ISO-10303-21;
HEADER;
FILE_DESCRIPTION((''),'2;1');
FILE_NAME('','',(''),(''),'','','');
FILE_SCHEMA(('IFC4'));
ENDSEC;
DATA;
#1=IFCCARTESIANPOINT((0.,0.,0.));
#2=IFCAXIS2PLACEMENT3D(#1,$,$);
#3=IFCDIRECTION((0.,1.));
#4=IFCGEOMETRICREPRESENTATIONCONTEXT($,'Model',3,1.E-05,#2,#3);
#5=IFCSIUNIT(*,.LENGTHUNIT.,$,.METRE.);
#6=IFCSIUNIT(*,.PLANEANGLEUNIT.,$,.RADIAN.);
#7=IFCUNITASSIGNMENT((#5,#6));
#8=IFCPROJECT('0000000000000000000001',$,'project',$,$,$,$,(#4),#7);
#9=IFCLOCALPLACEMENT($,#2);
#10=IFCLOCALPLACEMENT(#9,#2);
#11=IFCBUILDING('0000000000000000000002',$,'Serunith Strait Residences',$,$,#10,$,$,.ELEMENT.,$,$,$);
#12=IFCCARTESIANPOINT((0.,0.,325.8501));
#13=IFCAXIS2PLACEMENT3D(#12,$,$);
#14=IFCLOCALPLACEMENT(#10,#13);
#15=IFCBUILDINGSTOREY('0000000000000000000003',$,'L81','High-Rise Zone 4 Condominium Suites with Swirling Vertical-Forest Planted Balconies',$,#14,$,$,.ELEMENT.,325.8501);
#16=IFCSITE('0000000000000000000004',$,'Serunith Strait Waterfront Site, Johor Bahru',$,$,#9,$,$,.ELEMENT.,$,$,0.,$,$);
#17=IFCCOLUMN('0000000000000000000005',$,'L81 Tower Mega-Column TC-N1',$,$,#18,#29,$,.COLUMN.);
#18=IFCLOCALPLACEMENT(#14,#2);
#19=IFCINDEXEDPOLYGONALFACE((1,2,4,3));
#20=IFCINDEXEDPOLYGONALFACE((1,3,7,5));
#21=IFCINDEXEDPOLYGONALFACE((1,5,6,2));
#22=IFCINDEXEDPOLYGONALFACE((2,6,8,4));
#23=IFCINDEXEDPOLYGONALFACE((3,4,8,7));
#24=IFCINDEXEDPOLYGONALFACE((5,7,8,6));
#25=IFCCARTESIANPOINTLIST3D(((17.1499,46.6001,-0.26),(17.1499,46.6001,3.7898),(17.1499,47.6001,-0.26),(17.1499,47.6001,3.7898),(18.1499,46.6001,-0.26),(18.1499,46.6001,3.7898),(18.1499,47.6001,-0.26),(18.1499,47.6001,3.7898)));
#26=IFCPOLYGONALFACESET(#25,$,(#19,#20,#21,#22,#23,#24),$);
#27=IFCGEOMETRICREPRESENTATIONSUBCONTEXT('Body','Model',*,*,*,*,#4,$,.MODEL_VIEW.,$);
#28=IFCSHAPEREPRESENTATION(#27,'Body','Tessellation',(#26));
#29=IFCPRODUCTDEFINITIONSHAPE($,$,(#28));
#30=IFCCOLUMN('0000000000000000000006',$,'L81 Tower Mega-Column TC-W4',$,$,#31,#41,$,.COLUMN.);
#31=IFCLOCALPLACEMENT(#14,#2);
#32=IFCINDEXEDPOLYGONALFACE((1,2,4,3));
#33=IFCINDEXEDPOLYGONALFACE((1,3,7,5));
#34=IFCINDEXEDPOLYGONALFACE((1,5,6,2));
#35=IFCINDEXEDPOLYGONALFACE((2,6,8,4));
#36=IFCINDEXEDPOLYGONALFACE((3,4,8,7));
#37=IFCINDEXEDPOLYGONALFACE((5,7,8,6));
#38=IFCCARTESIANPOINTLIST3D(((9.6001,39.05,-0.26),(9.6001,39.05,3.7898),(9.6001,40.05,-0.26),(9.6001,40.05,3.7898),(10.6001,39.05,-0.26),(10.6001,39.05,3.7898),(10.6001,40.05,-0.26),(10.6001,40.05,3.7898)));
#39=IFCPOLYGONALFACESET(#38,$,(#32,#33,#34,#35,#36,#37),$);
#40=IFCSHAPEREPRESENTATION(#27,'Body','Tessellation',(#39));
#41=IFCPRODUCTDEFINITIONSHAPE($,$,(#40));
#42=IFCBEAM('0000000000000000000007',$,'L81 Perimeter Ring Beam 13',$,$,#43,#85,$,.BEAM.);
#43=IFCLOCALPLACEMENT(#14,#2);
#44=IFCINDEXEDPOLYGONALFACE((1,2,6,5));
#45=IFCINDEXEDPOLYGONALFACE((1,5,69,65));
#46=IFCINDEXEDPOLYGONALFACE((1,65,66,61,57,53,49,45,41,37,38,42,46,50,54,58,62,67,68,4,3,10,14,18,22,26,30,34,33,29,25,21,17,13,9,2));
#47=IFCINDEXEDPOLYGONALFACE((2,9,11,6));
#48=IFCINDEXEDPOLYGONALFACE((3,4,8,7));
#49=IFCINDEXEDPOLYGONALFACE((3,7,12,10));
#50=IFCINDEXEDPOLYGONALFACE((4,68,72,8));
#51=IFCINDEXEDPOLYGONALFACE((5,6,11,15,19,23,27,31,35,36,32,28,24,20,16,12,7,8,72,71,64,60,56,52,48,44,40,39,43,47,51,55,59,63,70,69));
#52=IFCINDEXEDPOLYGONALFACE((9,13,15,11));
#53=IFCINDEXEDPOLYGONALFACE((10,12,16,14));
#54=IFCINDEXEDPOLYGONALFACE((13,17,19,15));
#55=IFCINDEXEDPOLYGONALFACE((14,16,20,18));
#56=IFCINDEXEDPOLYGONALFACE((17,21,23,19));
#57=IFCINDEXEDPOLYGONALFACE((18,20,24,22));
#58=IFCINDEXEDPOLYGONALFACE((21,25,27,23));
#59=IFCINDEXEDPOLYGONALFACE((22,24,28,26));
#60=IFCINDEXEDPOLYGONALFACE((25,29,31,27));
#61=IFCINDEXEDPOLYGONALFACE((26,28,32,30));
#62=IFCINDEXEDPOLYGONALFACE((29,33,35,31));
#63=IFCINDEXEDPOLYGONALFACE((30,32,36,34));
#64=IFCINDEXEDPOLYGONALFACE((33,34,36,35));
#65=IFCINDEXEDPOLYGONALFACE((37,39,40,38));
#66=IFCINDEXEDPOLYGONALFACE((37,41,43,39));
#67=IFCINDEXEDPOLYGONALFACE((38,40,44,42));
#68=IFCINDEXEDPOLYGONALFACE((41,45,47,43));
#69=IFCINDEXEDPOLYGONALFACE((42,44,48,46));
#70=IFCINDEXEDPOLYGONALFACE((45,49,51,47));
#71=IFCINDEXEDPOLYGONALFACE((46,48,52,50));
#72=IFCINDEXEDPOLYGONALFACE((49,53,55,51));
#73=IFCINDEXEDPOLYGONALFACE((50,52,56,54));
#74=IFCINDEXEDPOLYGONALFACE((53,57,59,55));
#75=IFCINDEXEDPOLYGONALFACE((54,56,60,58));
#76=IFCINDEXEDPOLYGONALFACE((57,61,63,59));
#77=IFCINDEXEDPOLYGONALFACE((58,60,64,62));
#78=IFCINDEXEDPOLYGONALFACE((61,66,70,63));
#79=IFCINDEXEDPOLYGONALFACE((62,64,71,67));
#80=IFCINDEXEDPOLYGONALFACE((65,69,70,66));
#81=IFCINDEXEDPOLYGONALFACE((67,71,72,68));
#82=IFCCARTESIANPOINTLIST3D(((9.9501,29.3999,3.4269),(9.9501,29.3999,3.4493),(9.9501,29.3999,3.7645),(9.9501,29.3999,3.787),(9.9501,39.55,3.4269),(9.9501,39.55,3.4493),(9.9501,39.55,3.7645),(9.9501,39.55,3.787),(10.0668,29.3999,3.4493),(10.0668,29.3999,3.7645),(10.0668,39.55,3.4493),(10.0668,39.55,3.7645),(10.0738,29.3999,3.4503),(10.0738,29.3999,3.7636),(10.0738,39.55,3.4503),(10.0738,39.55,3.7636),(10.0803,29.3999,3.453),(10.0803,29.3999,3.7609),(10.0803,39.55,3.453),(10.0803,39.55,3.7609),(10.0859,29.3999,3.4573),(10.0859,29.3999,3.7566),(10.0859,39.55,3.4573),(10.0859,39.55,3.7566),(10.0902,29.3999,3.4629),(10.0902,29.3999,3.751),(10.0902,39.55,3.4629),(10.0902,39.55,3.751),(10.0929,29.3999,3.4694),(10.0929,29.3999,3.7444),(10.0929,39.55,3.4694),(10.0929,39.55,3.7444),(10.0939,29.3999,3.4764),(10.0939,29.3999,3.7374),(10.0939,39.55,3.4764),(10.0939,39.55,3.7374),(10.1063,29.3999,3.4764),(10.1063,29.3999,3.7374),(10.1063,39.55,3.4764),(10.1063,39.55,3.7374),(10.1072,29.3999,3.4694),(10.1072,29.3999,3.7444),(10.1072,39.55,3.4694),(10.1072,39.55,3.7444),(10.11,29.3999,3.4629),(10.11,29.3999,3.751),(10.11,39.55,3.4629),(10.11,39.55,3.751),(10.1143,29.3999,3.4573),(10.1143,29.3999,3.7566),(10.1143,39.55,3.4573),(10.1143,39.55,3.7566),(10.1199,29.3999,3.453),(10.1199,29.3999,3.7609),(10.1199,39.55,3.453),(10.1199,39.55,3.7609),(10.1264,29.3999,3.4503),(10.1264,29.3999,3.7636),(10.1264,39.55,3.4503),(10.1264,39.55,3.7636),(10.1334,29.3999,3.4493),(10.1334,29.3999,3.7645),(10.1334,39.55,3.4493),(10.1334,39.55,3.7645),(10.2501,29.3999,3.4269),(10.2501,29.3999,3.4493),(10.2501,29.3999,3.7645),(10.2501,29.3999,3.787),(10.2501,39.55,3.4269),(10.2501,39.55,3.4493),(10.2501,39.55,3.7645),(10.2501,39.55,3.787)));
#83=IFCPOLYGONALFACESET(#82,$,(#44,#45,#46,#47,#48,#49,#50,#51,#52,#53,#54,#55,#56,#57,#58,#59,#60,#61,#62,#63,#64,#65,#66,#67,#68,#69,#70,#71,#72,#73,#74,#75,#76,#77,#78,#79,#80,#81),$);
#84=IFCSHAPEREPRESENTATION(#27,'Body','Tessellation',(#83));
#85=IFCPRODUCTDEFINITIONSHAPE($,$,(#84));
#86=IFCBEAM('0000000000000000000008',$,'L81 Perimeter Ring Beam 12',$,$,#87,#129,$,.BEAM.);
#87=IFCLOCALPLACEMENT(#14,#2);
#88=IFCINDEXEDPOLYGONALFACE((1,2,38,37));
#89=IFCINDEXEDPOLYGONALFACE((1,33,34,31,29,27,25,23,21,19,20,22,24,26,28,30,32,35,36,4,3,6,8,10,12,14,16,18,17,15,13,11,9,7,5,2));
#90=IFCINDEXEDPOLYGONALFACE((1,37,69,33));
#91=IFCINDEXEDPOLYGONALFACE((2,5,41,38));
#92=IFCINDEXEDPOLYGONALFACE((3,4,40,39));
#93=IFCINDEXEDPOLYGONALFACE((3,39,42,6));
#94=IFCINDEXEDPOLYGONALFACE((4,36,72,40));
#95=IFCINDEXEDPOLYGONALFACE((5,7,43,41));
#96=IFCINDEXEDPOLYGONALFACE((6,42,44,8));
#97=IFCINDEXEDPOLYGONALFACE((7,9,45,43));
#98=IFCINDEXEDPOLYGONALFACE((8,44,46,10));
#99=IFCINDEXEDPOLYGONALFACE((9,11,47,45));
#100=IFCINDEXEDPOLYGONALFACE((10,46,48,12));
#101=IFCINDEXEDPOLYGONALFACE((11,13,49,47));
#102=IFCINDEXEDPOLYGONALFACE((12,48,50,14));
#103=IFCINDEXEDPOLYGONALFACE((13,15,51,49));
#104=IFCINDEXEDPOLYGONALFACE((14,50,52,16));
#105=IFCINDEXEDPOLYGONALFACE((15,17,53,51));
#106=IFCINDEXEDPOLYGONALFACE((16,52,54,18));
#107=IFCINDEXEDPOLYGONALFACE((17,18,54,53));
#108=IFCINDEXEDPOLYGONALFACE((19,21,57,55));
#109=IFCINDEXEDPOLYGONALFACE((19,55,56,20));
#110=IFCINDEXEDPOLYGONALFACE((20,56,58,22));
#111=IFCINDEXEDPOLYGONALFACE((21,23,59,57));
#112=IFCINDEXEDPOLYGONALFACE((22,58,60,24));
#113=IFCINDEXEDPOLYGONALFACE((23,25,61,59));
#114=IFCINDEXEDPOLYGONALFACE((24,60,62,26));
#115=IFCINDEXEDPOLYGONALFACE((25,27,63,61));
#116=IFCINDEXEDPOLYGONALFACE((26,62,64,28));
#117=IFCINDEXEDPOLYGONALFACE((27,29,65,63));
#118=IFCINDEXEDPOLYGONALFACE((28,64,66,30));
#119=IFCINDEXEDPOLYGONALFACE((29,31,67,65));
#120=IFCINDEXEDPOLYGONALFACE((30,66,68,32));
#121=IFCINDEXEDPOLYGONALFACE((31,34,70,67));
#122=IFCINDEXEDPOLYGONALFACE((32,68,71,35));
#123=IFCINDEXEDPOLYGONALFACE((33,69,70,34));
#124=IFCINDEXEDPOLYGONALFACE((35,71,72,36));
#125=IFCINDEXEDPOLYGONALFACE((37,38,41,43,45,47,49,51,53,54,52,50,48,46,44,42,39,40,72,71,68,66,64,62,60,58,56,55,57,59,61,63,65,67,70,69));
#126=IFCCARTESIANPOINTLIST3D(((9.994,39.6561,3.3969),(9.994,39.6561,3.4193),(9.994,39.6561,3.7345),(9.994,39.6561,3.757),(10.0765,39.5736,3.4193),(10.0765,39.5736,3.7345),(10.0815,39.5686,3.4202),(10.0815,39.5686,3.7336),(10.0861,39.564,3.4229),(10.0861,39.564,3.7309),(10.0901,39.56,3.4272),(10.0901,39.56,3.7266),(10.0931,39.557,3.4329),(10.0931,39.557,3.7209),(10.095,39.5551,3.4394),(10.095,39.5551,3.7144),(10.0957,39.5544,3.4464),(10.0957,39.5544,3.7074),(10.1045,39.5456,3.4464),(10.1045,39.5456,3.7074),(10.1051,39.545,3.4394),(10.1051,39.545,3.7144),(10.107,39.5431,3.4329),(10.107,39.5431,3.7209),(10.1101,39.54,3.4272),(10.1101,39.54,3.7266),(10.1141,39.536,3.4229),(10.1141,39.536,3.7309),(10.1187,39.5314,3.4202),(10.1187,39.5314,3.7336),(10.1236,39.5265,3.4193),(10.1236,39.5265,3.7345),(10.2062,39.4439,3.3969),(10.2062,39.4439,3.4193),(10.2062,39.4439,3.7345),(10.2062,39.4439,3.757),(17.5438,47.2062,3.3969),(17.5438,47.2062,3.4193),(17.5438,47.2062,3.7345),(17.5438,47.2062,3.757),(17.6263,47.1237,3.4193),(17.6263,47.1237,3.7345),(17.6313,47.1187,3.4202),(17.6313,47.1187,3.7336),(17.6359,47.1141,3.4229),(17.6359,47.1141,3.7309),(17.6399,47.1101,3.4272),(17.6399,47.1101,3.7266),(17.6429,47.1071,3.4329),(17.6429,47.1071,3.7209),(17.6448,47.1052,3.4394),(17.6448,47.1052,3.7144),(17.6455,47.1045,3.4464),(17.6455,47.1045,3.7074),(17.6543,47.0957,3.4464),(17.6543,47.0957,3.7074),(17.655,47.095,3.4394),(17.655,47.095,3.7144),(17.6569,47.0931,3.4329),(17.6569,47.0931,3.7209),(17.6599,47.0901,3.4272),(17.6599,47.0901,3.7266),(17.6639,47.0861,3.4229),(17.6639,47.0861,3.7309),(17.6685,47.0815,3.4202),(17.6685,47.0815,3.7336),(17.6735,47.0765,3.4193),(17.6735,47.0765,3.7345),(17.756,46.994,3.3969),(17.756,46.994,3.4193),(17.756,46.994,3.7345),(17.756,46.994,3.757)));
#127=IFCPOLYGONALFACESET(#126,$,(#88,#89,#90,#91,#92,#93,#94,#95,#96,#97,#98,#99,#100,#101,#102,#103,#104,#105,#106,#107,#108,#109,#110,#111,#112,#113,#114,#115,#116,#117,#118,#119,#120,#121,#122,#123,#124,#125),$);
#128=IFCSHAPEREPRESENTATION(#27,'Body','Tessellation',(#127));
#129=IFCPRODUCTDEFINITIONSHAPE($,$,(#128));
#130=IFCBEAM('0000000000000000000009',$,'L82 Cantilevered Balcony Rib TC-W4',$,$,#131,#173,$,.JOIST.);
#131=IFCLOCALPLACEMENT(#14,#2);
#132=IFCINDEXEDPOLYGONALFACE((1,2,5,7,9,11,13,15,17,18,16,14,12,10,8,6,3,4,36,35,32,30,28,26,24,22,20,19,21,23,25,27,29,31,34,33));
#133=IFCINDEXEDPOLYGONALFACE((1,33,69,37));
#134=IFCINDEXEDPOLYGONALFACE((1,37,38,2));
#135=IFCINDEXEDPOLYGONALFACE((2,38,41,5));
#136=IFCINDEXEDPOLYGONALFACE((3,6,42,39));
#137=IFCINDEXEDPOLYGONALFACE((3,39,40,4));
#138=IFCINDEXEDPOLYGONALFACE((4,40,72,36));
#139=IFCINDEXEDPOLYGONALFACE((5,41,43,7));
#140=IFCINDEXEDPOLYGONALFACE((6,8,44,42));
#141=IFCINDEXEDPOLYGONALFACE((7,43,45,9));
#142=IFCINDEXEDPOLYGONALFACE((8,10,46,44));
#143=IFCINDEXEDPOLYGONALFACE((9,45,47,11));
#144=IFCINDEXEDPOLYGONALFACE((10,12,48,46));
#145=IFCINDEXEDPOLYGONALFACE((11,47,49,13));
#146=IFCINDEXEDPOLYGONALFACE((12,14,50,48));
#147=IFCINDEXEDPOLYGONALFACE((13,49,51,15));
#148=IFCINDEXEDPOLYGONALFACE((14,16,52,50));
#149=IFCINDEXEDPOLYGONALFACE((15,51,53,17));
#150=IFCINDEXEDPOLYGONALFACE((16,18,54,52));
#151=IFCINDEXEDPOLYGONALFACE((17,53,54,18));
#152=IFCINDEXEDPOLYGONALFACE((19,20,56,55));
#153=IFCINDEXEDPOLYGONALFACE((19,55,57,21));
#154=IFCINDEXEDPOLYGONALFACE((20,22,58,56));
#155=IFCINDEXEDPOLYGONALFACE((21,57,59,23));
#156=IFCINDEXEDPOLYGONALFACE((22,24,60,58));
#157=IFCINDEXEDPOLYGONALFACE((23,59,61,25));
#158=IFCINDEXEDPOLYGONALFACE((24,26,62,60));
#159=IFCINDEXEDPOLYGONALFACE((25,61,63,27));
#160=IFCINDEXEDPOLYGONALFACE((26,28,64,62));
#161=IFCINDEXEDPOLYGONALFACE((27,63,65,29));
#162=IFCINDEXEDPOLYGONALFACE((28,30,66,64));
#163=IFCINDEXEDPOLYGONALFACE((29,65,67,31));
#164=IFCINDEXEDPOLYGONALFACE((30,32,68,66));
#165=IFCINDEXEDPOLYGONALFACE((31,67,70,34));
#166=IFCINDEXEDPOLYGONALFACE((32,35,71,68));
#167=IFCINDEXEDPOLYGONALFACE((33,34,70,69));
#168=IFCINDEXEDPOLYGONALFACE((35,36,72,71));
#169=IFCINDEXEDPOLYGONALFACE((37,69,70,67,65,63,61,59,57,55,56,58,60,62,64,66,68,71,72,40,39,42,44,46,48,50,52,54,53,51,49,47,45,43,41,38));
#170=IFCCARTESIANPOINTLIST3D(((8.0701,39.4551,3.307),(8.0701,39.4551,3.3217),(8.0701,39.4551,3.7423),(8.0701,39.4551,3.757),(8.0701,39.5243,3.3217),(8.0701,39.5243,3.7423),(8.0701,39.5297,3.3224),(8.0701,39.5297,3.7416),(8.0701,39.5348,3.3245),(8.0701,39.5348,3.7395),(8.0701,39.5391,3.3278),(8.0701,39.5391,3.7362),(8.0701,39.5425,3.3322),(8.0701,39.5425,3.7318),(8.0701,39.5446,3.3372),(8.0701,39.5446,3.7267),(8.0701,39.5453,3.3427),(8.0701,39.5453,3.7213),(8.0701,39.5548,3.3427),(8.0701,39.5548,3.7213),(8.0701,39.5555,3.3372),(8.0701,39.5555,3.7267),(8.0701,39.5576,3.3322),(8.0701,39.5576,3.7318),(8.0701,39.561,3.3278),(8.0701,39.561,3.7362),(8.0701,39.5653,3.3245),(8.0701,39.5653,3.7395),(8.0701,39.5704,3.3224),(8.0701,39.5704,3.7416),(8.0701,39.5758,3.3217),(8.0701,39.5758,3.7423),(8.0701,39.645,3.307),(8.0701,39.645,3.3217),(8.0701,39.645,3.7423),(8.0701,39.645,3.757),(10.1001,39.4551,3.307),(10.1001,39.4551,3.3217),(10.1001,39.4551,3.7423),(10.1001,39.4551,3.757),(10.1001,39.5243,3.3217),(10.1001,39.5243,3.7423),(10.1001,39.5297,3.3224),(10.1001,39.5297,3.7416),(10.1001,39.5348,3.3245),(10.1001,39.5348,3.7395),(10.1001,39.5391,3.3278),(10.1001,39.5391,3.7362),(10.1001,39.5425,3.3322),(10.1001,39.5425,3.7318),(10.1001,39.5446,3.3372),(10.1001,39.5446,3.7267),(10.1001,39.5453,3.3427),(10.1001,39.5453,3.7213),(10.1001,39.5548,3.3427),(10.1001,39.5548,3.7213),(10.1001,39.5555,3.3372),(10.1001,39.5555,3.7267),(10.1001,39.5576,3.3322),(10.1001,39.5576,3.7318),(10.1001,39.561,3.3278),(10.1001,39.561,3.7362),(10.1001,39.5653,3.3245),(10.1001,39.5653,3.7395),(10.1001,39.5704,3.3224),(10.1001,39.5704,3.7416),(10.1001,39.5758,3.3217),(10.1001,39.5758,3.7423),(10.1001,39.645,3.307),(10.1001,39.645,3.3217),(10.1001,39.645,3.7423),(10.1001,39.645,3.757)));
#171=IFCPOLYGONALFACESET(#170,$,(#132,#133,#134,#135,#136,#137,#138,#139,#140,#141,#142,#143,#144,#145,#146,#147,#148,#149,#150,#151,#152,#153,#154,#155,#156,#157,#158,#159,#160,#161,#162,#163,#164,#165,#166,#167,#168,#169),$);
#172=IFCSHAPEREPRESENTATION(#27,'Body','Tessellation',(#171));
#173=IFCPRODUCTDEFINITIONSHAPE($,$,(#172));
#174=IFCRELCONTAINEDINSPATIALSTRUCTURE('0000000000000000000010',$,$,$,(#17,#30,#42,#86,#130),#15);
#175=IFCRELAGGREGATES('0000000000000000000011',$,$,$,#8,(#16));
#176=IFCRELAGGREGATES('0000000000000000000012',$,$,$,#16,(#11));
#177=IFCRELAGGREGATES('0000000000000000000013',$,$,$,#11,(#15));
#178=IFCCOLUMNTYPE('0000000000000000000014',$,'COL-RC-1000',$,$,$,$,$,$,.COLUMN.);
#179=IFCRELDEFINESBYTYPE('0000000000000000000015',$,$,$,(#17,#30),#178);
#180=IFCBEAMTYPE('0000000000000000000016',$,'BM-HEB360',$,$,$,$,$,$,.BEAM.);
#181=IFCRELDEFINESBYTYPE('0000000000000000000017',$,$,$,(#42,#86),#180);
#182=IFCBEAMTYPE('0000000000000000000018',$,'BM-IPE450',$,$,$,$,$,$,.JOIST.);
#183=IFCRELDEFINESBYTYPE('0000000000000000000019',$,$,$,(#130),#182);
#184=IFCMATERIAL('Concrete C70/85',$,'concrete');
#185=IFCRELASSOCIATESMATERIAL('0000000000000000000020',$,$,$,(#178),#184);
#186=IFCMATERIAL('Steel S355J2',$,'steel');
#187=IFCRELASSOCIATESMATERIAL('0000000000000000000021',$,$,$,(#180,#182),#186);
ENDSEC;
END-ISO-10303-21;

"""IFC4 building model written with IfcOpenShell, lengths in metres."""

from ifc_helpers import new_model, si_unit, direction, frame, origin, origin_2d, place, context, subcontext, project, spatial, rectangle, i_section, extrude, source, transform, mapped, material, material_profile, profile_set, type_object, element, save


model = new_model("IFC4")

# Units and contexts
model_context = context("Model", 3, precision=1e-05, world=origin(), true_north=direction((0.0, 1.0)))
body_context = subcontext(model_context, "Body", "Model", "MODEL_VIEW")
ifc_project = project(units=[si_unit("LENGTHUNIT", "METRE"), si_unit("PLANEANGLEUNIT", "RADIAN")], contexts=[model_context])

# Site, building, storey
site_placement = place(None, origin())
site = spatial("IfcSite", under=ifc_project, at=site_placement, Name="Serunith Strait Waterfront Site, Johor Bahru", CompositionType="ELEMENT", RefElevation=0.0)
building_placement = place(site_placement, origin())
building = spatial("IfcBuilding", under=site, at=building_placement, Name="Serunith Strait Residences", CompositionType="ELEMENT")
storey_placement = place(building_placement, frame((0.0, 0.0, 325.8501)))
storey = spatial("IfcBuildingStorey", under=building, at=storey_placement, Name="L81", Description="High-Rise Zone 4 Condominium Suites with Swirling Vertical-Forest Planted Balconies", CompositionType="ELEMENT", Elevation=325.8501)

# Columns
ifc_material_1 = material(Name="Concrete C70/85", Category="concrete")
ifc_material_profile_1 = material_profile(ifc_material_1, rectangle(XDim=1.0, YDim=1.0, at=origin_2d()), Name="RC 1000x1000")
ifc_profile_set_1 = profile_set([ifc_material_profile_1], Name="Concrete C70/85")
column_type = type_object("IfcColumnType", Name="COL-RC-1000", PredefinedType="COLUMN", material=ifc_profile_set_1)
shared_shape_1 = source(origin(), body_context, "Body", "SweptSolid", [
    extrude(rectangle(XDim=1.0, YDim=1.0, at=origin_2d()), origin(), (0.0, 0.0, 1.0), 4.0498),
])
for number, where, z_axis, x_axis, name in (
    (1, (17.6499, 47.1001, -0.26), (0.0, 0.0, 1.0), (1.0, 0.0, 0.0), "L81 Tower Mega-Column TC-N1"),
    (2, (10.1001, 39.55, -0.26), (0.0, 0.0, 1.0), (1.0, 0.0, 0.0), "L81 Tower Mega-Column TC-W4"),
):
    element("IfcColumn", number, at=place(storey_placement, frame(where, z_axis=z_axis, x_axis=x_axis)), inside=storey, type_object=column_type, Name=name, PredefinedType="COLUMN", context=body_context, shape_type="MappedRepresentation", body=[
        mapped(shared_shape_1, transform((0.0, 0.0, 0.0), scale=1.0)),
    ])

# Beams
ifc_material_2 = material(Name="Steel S355J2", Category="steel")
ifc_material_profile_2 = material_profile(ifc_material_2, i_section(OverallWidth=0.3, OverallDepth=0.3601, WebThickness=0.0125, FlangeThickness=0.0225, FilletRadius=0.0271, at=origin_2d()), Name="HEB 360")
ifc_profile_set_2 = profile_set([ifc_material_profile_2], Name="Steel S355J2")
beam_type_1 = type_object("IfcBeamType", Name="BM-HEB360", PredefinedType="BEAM", material=ifc_profile_set_2)
shared_shape_2 = source(origin(), body_context, "Body", "SweptSolid", [
    extrude(i_section(OverallWidth=0.3, OverallDepth=0.3601, WebThickness=0.0125, FlangeThickness=0.0225, FilletRadius=0.0271, at=origin_2d()), origin(), (0.0, 0.0, 1.0), 10.1501),
])
beam_1_placement = place(storey_placement, frame((10.1001, 39.55, 3.6069), z_axis=(0.0, -1.0, 0.0), x_axis=(1.0, 0.0, 0.0)))
element("IfcBeam", 3, at=beam_1_placement, inside=storey, type_object=beam_type_1, Name="L81 Perimeter Ring Beam 13", PredefinedType="BEAM", context=body_context, shape_type="MappedRepresentation", body=[
    mapped(shared_shape_2, transform((0.0, 0.0, 0.0), scale=1.0)),
])
shared_shape_3 = source(origin(), body_context, "Body", "SweptSolid", [
    extrude(i_section(OverallWidth=0.3, OverallDepth=0.3601, WebThickness=0.0125, FlangeThickness=0.0225, FilletRadius=0.0271, at=origin_2d()), origin(), (0.0, 0.0, 1.0), 10.6772),
])
beam_2_placement = place(storey_placement, frame((17.6499, 47.1001, 3.5769), z_axis=(-0.707095, -0.707118, 0.0), x_axis=(0.707118, -0.707095, 0.0)))
element("IfcBeam", 4, at=beam_2_placement, inside=storey, type_object=beam_type_1, Name="L81 Perimeter Ring Beam 12", PredefinedType="BEAM", context=body_context, shape_type="MappedRepresentation", body=[
    mapped(shared_shape_3, transform((0.0, 0.0, 0.0), scale=1.0)),
])
ifc_material_profile_3 = material_profile(ifc_material_2, i_section(OverallWidth=0.1899, OverallDepth=0.45, WebThickness=0.0095, FlangeThickness=0.0146, FilletRadius=0.021, at=origin_2d()), Name="IPE 450")
ifc_profile_set_3 = profile_set([ifc_material_profile_3], Name="Steel S355J2")
beam_type_2 = type_object("IfcBeamType", Name="BM-IPE450", PredefinedType="JOIST", material=ifc_profile_set_3)
shared_shape_4 = source(origin(), body_context, "Body", "SweptSolid", [
    extrude(i_section(OverallWidth=0.1899, OverallDepth=0.45, WebThickness=0.0095, FlangeThickness=0.0146, FilletRadius=0.021, at=origin_2d()), origin(), (0.0, 0.0, 1.0), 2.03),
])
beam_3_placement = place(storey_placement, frame((10.1001, 39.55, 3.532), z_axis=(-1.0, 0.0, 0.0), x_axis=(0.0, -1.0, 0.0)))
element("IfcBeam", 5, at=beam_3_placement, inside=storey, type_object=beam_type_2, Name="L82 Cantilevered Balcony Rib TC-W4", PredefinedType="JOIST", context=body_context, shape_type="MappedRepresentation", body=[
    mapped(shared_shape_4, transform((0.0, 0.0, 0.0), scale=1.0)),
])

save(model, "model.ifc")
